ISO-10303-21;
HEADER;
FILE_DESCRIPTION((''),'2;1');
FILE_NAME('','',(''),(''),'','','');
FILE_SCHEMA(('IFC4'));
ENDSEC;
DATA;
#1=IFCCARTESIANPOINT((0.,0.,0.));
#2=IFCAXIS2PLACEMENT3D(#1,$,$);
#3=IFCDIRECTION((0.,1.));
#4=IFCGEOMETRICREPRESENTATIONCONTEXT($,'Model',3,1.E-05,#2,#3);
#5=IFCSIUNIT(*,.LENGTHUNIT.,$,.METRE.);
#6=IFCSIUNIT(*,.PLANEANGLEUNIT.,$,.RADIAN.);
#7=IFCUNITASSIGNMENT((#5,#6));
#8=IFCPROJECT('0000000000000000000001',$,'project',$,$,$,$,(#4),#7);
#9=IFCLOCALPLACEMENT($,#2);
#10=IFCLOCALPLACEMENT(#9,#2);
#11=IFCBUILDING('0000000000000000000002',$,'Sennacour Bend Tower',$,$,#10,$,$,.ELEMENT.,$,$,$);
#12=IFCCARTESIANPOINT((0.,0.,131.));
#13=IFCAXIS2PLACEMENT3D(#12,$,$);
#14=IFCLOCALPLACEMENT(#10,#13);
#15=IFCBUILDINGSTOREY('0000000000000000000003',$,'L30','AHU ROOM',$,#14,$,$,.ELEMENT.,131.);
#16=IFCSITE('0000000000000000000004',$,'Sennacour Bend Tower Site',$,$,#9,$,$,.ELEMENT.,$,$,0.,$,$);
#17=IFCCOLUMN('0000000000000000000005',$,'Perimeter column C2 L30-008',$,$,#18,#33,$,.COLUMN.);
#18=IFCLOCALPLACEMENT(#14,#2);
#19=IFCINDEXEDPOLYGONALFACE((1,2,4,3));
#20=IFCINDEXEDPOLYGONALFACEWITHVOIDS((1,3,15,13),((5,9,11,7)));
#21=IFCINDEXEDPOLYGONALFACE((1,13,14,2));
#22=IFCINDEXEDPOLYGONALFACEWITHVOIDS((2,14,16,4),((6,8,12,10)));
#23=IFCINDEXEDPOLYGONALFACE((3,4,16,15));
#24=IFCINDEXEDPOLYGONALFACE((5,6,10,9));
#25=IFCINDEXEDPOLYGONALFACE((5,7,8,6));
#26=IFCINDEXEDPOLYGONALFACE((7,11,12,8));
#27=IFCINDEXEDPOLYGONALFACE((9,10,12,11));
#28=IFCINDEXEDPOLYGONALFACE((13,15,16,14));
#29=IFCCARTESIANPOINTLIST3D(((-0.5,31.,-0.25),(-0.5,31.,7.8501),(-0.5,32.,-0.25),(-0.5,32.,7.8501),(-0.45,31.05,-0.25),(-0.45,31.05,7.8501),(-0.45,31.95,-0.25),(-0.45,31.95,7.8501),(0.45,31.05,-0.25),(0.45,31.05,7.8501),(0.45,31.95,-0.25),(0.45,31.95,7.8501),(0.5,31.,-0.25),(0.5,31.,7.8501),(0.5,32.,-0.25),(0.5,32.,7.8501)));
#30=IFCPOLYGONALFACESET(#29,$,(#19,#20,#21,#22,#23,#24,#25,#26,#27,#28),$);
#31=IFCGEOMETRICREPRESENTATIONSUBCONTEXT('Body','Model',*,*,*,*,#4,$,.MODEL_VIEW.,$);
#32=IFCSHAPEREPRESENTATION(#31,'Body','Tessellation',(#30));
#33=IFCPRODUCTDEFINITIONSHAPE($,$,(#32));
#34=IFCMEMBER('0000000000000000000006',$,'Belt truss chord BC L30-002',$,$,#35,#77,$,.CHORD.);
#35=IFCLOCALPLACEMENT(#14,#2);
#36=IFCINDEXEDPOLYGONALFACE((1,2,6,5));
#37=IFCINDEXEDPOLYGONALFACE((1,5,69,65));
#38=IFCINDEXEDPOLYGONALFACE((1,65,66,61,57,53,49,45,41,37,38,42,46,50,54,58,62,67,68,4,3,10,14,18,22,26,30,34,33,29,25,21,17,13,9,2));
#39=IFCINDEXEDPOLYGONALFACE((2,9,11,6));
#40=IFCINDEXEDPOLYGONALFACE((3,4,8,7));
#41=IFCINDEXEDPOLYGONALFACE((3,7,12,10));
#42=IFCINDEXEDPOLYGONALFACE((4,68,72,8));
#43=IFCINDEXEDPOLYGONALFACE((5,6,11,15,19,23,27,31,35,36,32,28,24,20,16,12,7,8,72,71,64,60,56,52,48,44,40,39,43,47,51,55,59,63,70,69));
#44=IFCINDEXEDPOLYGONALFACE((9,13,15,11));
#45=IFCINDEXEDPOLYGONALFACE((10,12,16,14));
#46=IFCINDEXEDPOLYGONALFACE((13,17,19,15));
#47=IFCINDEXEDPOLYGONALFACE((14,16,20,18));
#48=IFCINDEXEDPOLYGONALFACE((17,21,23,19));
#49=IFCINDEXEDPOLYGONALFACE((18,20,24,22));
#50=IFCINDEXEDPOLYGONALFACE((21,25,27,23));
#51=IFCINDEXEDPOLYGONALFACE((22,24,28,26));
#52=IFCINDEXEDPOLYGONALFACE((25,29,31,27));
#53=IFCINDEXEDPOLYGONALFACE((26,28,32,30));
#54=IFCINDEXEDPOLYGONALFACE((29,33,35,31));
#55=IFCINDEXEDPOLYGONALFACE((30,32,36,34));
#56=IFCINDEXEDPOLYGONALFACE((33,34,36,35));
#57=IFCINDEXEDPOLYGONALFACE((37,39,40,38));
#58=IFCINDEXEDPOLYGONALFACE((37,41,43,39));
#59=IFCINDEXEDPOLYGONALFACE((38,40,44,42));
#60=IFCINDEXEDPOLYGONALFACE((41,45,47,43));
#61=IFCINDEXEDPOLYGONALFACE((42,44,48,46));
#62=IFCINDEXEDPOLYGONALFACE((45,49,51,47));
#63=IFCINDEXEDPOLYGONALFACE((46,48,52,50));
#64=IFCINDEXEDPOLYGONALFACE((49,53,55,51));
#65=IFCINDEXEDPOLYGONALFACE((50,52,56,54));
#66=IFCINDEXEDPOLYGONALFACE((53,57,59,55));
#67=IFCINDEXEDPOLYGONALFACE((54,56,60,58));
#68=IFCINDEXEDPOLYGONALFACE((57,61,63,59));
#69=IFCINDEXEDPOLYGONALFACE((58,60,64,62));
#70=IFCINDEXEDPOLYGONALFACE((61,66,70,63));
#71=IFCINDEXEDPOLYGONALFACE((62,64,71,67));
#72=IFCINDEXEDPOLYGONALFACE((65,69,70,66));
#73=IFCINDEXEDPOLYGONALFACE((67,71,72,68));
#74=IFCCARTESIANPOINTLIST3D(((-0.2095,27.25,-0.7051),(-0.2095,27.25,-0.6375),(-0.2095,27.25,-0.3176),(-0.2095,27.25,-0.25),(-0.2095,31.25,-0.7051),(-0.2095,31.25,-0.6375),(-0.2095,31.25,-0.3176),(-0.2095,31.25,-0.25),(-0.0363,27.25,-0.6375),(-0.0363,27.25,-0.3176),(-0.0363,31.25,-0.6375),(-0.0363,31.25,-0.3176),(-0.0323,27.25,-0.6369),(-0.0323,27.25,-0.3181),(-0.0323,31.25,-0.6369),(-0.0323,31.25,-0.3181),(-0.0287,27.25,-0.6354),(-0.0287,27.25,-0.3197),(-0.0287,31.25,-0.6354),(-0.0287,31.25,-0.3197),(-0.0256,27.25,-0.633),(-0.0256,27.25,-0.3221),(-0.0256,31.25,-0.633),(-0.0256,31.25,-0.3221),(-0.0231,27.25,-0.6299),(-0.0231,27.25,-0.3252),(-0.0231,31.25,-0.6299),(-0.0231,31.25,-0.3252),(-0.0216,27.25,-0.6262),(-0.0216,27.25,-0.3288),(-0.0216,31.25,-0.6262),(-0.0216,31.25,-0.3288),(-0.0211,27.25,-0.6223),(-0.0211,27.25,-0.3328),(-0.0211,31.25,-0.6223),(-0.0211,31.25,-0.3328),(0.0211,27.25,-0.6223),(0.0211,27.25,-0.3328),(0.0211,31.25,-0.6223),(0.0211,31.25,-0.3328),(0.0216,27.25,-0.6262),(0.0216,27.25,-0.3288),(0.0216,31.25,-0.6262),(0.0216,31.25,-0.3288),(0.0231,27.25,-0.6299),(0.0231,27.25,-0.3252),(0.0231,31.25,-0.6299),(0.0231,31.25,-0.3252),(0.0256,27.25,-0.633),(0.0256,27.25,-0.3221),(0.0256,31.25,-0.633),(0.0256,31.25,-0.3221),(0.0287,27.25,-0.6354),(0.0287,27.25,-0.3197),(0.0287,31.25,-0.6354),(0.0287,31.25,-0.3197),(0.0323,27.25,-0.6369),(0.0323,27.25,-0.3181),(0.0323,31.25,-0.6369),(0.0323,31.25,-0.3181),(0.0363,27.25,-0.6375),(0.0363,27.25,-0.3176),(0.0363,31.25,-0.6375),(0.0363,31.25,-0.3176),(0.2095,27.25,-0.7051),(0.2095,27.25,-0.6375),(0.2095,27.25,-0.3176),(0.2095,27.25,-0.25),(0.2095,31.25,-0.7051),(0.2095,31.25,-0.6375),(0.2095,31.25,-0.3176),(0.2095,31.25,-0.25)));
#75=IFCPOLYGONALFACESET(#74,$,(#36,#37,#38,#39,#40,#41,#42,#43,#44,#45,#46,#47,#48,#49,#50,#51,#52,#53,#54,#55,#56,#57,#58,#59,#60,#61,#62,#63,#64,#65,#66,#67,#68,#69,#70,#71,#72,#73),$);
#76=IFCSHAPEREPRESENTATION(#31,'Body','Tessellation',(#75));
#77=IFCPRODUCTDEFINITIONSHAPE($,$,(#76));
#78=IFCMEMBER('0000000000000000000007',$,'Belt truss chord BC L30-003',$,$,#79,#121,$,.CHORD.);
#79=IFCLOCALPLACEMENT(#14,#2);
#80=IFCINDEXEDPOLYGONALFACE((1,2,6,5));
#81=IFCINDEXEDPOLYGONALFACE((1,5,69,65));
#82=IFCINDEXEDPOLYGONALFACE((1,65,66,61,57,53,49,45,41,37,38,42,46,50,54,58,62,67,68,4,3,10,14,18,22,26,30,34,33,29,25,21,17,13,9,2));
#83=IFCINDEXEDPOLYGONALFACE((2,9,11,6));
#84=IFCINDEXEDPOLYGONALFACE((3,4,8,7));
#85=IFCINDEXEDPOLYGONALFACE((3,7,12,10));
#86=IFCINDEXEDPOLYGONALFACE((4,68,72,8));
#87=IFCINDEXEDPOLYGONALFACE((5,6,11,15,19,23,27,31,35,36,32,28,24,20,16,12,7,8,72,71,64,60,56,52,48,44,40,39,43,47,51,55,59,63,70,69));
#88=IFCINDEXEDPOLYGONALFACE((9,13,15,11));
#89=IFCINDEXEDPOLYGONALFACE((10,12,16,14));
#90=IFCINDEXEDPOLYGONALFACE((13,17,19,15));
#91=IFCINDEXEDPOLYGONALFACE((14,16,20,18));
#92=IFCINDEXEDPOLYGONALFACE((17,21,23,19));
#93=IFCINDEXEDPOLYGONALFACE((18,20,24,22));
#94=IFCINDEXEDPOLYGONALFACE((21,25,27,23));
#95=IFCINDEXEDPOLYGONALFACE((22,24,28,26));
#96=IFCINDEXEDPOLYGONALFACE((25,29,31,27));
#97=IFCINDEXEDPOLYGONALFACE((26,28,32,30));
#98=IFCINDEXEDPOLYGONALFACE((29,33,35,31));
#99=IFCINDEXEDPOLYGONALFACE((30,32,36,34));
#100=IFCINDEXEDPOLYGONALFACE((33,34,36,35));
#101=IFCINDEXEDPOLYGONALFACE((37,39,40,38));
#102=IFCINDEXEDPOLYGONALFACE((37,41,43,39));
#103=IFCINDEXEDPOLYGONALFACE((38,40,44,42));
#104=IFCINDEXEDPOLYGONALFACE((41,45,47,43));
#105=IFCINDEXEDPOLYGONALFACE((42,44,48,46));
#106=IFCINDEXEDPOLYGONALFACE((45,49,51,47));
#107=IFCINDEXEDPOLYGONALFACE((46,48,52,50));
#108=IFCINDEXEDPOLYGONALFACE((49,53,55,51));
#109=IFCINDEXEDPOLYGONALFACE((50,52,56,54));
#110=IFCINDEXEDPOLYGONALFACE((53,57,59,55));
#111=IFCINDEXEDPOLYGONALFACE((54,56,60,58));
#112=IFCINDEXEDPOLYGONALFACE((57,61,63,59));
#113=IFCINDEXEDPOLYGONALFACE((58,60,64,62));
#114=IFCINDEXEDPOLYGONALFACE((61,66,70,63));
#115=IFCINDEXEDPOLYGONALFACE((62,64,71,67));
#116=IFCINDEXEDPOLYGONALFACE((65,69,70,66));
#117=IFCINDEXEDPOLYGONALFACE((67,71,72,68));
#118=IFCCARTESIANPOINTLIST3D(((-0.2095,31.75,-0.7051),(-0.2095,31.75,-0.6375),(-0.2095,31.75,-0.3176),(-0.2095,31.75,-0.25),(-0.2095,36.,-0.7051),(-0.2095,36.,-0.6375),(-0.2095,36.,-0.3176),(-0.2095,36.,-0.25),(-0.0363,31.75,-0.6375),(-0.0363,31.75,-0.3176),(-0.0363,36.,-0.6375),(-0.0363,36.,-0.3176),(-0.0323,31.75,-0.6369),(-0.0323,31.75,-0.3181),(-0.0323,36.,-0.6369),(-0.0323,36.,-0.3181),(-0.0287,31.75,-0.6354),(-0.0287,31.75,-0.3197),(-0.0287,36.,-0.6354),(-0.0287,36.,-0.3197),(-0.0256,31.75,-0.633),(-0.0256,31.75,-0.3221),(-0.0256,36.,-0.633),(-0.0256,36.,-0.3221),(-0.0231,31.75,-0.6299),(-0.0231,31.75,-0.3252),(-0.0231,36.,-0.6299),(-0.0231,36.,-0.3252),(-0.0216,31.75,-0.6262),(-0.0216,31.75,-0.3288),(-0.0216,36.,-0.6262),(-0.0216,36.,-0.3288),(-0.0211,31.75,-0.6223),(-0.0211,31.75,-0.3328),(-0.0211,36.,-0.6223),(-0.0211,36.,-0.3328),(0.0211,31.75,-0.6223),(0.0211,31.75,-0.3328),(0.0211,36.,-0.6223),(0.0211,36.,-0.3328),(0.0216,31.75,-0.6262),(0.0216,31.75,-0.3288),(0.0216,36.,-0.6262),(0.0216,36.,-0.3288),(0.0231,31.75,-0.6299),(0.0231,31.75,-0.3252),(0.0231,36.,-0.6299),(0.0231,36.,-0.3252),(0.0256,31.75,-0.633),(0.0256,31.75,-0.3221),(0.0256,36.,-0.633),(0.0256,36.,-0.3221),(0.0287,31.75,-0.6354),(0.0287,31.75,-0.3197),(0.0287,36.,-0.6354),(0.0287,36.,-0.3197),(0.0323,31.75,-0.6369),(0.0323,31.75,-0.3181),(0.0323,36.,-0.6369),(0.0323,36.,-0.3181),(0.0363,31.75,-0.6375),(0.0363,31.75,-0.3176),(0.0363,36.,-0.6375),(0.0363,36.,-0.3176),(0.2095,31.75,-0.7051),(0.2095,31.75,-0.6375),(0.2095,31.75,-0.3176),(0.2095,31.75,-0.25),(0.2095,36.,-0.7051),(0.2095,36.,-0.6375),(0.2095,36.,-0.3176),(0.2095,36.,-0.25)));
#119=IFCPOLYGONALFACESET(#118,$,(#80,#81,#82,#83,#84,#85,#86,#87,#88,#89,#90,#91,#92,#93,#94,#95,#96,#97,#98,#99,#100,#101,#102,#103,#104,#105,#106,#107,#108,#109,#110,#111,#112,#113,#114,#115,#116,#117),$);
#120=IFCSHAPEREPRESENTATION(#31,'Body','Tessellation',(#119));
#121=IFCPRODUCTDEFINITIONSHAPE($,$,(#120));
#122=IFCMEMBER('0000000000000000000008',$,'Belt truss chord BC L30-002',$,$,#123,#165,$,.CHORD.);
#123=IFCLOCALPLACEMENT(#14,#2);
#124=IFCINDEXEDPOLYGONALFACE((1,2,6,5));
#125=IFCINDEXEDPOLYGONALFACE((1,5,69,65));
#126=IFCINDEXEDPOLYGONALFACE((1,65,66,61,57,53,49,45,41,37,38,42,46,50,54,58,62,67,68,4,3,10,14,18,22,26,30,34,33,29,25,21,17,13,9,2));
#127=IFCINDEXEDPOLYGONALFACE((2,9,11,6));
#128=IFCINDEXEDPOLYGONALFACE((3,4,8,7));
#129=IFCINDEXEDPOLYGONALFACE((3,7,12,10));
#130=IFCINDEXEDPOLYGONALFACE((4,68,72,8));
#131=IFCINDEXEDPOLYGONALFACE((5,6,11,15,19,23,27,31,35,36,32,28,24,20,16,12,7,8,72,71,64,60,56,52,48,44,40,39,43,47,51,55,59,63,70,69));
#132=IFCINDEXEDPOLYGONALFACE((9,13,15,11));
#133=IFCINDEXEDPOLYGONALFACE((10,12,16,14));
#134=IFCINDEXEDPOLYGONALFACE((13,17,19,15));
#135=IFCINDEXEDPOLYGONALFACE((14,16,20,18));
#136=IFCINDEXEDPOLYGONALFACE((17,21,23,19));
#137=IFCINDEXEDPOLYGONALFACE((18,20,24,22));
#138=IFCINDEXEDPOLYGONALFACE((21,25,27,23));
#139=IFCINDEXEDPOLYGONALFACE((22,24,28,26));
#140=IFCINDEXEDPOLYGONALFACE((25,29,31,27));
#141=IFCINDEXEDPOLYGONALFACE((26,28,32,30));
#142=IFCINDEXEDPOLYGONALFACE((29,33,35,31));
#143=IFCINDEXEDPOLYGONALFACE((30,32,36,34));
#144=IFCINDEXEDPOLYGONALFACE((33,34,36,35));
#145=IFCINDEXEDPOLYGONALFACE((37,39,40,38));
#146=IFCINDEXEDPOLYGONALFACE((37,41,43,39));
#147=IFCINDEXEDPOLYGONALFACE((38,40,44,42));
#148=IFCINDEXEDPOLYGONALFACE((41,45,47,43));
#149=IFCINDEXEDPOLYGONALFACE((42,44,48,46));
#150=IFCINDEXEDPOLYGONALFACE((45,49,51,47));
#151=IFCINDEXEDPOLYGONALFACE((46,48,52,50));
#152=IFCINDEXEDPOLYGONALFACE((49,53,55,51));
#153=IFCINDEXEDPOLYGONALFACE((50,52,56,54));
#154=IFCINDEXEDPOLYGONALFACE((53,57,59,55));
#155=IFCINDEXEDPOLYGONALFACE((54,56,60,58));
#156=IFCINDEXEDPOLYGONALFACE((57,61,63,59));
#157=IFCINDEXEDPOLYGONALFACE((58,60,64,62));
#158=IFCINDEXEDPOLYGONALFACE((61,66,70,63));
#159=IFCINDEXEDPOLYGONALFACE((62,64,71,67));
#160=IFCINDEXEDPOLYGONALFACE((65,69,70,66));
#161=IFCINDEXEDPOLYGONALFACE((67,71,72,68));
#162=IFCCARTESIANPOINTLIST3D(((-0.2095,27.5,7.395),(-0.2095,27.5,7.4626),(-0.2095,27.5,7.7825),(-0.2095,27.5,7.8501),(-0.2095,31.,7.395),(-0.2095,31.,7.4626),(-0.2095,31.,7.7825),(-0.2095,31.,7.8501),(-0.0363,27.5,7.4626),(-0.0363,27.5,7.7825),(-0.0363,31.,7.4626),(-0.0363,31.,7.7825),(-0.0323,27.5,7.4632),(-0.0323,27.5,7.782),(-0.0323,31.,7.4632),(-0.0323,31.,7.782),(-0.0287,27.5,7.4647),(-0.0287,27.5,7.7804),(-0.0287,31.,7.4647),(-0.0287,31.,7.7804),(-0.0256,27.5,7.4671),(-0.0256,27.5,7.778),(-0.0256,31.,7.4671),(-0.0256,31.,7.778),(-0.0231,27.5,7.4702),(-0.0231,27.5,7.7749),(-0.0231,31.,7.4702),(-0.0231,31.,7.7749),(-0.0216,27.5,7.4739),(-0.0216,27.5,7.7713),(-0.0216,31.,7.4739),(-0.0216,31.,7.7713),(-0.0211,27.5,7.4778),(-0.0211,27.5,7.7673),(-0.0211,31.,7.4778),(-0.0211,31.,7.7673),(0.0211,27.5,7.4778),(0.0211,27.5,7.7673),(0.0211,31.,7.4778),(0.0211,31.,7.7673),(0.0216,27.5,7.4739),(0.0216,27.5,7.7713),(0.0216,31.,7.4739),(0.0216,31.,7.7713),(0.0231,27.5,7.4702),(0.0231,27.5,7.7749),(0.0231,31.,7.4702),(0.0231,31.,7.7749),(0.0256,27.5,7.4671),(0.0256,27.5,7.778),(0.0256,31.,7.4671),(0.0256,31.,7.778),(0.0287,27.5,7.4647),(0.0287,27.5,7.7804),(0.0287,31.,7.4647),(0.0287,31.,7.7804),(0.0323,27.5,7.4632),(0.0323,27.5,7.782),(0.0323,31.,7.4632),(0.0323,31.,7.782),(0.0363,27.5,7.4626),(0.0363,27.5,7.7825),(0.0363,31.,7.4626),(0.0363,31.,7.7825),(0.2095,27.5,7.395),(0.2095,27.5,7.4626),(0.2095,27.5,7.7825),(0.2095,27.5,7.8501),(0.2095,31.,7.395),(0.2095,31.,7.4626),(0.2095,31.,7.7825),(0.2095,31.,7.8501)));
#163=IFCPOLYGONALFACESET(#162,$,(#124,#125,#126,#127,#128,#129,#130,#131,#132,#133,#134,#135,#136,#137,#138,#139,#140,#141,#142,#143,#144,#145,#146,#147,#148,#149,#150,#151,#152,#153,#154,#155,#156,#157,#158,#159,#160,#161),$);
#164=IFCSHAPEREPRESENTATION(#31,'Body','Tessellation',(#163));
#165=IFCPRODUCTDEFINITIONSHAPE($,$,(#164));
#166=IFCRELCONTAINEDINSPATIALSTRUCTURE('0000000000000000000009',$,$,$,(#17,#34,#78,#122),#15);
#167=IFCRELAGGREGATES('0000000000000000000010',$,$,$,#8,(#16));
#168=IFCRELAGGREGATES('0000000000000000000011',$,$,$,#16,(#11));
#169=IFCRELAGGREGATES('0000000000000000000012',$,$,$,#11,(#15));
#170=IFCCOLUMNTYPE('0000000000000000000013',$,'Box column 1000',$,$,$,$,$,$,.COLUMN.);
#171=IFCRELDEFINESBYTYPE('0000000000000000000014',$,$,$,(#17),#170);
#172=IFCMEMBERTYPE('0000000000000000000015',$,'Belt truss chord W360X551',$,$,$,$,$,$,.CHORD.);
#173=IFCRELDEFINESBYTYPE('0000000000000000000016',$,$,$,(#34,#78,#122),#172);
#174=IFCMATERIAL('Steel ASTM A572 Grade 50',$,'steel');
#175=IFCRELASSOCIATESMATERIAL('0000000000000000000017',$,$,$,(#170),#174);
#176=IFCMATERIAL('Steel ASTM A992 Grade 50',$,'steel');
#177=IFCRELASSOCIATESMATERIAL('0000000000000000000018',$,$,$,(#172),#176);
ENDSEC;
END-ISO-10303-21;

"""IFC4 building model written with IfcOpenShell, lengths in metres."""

from ifc_helpers import new_model, si_unit, direction, frame, origin, origin_2d, place, context, subcontext, project, spatial, hollow_rectangle, i_section, extrude, material, material_profile, profile_set, type_object, element, save


model = new_model("IFC4")

# Units and contexts
model_context = context("Model", 3, precision=1e-05, world=origin(), true_north=direction((0.0, 1.0)))
body_context = subcontext(model_context, "Body", "Model", "MODEL_VIEW")
ifc_project = project(units=[si_unit("LENGTHUNIT", "METRE"), si_unit("PLANEANGLEUNIT", "RADIAN")], contexts=[model_context])

# Site, building, storey
site_placement = place(None, origin())
site = spatial("IfcSite", under=ifc_project, at=site_placement, Name="Sennacour Bend Tower Site", CompositionType="ELEMENT", RefElevation=0.0)
building_placement = place(site_placement, origin())
building = spatial("IfcBuilding", under=site, at=building_placement, Name="Sennacour Bend Tower", CompositionType="ELEMENT")
storey_placement = place(building_placement, frame((0.0, 0.0, 131.0)))
storey = spatial("IfcBuildingStorey", under=building, at=storey_placement, Name="L30", Description="AHU ROOM", CompositionType="ELEMENT", Elevation=131.0)

# Column
ifc_material_1 = material(Name="Steel ASTM A572 Grade 50", Category="steel")
ifc_material_profile_1 = material_profile(ifc_material_1, hollow_rectangle(XDim=1.0, YDim=1.0, WallThickness=0.05, at=origin_2d()), Name="Steel ASTM A572 Grade 50", Category="steel")
ifc_profile_set_1 = profile_set([ifc_material_profile_1], Name="Steel ASTM A572 Grade 50")
column_type = type_object("IfcColumnType", Name="Box column 1000", PredefinedType="COLUMN", material=ifc_profile_set_1)
column_placement = place(storey_placement, frame((0.0, 31.5, -0.25), z_axis=(0.0, 0.0, 1.0), x_axis=(1.0, 0.0, 0.0)))
element("IfcColumn", 1, at=column_placement, inside=storey, type_object=column_type, Name="Perimeter column C2 L30-008", PredefinedType="COLUMN", context=body_context, shape_type="SweptSolid", body=[
    extrude(hollow_rectangle(XDim=1.0, YDim=1.0, WallThickness=0.05, at=origin_2d()), origin(), (0.0, 0.0, 1.0), 8.1001),
])

# Members
ifc_material_2 = material(Name="Steel ASTM A992 Grade 50", Category="steel")
ifc_material_profile_2 = material_profile(ifc_material_2, i_section(OverallWidth=0.4189, OverallDepth=0.4551, WebThickness=0.0422, FlangeThickness=0.0676, FilletRadius=0.0151, at=origin_2d()), Name="Steel ASTM A992 Grade 50", Category="steel")
ifc_profile_set_2 = profile_set([ifc_material_profile_2], Name="Steel ASTM A992 Grade 50")
member_type_1 = type_object("IfcMemberType", Name="Belt truss chord W360X551", PredefinedType="CHORD", material=ifc_profile_set_2)
member_1_placement = place(storey_placement, frame((0.0, 27.25, -0.4775), z_axis=(0.0, 1.0, 0.0), x_axis=(-1.0, 0.0, 0.0)))
element("IfcMember", 2, at=member_1_placement, inside=storey, type_object=member_type_1, Name="Belt truss chord BC L30-002", PredefinedType="CHORD", context=body_context, shape_type="SweptSolid", body=[
    extrude(i_section(OverallWidth=0.4189, OverallDepth=0.4551, WebThickness=0.0422, FlangeThickness=0.0676, FilletRadius=0.0151, at=origin_2d()), origin(), (0.0, 0.0, 1.0), 4.0),
])
member_2_placement = place(storey_placement, frame((0.0, 31.75, -0.4775), z_axis=(0.0, 1.0, 0.0), x_axis=(-1.0, 0.0, 0.0)))
element("IfcMember", 3, at=member_2_placement, inside=storey, type_object=member_type_1, Name="Belt truss chord BC L30-003", PredefinedType="CHORD", context=body_context, shape_type="SweptSolid", body=[
    extrude(i_section(OverallWidth=0.4189, OverallDepth=0.4551, WebThickness=0.0422, FlangeThickness=0.0676, FilletRadius=0.0151, at=origin_2d()), origin(), (0.0, 0.0, 1.0), 4.25),
])
member_3_placement = place(storey_placement, frame((0.0, 27.5, 7.6226), z_axis=(0.0, 1.0, 0.0), x_axis=(-1.0, 0.0, 0.0)))
element("IfcMember", 4, at=member_3_placement, inside=storey, type_object=member_type_1, Name="Belt truss chord BC L30-002", PredefinedType="CHORD", context=body_context, shape_type="SweptSolid", body=[
    extrude(i_section(OverallWidth=0.4189, OverallDepth=0.4551, WebThickness=0.0422, FlangeThickness=0.0676, FilletRadius=0.0151, at=origin_2d()), origin(), (0.0, 0.0, 1.0), 3.5),
])

save(model, "model.ifc")
